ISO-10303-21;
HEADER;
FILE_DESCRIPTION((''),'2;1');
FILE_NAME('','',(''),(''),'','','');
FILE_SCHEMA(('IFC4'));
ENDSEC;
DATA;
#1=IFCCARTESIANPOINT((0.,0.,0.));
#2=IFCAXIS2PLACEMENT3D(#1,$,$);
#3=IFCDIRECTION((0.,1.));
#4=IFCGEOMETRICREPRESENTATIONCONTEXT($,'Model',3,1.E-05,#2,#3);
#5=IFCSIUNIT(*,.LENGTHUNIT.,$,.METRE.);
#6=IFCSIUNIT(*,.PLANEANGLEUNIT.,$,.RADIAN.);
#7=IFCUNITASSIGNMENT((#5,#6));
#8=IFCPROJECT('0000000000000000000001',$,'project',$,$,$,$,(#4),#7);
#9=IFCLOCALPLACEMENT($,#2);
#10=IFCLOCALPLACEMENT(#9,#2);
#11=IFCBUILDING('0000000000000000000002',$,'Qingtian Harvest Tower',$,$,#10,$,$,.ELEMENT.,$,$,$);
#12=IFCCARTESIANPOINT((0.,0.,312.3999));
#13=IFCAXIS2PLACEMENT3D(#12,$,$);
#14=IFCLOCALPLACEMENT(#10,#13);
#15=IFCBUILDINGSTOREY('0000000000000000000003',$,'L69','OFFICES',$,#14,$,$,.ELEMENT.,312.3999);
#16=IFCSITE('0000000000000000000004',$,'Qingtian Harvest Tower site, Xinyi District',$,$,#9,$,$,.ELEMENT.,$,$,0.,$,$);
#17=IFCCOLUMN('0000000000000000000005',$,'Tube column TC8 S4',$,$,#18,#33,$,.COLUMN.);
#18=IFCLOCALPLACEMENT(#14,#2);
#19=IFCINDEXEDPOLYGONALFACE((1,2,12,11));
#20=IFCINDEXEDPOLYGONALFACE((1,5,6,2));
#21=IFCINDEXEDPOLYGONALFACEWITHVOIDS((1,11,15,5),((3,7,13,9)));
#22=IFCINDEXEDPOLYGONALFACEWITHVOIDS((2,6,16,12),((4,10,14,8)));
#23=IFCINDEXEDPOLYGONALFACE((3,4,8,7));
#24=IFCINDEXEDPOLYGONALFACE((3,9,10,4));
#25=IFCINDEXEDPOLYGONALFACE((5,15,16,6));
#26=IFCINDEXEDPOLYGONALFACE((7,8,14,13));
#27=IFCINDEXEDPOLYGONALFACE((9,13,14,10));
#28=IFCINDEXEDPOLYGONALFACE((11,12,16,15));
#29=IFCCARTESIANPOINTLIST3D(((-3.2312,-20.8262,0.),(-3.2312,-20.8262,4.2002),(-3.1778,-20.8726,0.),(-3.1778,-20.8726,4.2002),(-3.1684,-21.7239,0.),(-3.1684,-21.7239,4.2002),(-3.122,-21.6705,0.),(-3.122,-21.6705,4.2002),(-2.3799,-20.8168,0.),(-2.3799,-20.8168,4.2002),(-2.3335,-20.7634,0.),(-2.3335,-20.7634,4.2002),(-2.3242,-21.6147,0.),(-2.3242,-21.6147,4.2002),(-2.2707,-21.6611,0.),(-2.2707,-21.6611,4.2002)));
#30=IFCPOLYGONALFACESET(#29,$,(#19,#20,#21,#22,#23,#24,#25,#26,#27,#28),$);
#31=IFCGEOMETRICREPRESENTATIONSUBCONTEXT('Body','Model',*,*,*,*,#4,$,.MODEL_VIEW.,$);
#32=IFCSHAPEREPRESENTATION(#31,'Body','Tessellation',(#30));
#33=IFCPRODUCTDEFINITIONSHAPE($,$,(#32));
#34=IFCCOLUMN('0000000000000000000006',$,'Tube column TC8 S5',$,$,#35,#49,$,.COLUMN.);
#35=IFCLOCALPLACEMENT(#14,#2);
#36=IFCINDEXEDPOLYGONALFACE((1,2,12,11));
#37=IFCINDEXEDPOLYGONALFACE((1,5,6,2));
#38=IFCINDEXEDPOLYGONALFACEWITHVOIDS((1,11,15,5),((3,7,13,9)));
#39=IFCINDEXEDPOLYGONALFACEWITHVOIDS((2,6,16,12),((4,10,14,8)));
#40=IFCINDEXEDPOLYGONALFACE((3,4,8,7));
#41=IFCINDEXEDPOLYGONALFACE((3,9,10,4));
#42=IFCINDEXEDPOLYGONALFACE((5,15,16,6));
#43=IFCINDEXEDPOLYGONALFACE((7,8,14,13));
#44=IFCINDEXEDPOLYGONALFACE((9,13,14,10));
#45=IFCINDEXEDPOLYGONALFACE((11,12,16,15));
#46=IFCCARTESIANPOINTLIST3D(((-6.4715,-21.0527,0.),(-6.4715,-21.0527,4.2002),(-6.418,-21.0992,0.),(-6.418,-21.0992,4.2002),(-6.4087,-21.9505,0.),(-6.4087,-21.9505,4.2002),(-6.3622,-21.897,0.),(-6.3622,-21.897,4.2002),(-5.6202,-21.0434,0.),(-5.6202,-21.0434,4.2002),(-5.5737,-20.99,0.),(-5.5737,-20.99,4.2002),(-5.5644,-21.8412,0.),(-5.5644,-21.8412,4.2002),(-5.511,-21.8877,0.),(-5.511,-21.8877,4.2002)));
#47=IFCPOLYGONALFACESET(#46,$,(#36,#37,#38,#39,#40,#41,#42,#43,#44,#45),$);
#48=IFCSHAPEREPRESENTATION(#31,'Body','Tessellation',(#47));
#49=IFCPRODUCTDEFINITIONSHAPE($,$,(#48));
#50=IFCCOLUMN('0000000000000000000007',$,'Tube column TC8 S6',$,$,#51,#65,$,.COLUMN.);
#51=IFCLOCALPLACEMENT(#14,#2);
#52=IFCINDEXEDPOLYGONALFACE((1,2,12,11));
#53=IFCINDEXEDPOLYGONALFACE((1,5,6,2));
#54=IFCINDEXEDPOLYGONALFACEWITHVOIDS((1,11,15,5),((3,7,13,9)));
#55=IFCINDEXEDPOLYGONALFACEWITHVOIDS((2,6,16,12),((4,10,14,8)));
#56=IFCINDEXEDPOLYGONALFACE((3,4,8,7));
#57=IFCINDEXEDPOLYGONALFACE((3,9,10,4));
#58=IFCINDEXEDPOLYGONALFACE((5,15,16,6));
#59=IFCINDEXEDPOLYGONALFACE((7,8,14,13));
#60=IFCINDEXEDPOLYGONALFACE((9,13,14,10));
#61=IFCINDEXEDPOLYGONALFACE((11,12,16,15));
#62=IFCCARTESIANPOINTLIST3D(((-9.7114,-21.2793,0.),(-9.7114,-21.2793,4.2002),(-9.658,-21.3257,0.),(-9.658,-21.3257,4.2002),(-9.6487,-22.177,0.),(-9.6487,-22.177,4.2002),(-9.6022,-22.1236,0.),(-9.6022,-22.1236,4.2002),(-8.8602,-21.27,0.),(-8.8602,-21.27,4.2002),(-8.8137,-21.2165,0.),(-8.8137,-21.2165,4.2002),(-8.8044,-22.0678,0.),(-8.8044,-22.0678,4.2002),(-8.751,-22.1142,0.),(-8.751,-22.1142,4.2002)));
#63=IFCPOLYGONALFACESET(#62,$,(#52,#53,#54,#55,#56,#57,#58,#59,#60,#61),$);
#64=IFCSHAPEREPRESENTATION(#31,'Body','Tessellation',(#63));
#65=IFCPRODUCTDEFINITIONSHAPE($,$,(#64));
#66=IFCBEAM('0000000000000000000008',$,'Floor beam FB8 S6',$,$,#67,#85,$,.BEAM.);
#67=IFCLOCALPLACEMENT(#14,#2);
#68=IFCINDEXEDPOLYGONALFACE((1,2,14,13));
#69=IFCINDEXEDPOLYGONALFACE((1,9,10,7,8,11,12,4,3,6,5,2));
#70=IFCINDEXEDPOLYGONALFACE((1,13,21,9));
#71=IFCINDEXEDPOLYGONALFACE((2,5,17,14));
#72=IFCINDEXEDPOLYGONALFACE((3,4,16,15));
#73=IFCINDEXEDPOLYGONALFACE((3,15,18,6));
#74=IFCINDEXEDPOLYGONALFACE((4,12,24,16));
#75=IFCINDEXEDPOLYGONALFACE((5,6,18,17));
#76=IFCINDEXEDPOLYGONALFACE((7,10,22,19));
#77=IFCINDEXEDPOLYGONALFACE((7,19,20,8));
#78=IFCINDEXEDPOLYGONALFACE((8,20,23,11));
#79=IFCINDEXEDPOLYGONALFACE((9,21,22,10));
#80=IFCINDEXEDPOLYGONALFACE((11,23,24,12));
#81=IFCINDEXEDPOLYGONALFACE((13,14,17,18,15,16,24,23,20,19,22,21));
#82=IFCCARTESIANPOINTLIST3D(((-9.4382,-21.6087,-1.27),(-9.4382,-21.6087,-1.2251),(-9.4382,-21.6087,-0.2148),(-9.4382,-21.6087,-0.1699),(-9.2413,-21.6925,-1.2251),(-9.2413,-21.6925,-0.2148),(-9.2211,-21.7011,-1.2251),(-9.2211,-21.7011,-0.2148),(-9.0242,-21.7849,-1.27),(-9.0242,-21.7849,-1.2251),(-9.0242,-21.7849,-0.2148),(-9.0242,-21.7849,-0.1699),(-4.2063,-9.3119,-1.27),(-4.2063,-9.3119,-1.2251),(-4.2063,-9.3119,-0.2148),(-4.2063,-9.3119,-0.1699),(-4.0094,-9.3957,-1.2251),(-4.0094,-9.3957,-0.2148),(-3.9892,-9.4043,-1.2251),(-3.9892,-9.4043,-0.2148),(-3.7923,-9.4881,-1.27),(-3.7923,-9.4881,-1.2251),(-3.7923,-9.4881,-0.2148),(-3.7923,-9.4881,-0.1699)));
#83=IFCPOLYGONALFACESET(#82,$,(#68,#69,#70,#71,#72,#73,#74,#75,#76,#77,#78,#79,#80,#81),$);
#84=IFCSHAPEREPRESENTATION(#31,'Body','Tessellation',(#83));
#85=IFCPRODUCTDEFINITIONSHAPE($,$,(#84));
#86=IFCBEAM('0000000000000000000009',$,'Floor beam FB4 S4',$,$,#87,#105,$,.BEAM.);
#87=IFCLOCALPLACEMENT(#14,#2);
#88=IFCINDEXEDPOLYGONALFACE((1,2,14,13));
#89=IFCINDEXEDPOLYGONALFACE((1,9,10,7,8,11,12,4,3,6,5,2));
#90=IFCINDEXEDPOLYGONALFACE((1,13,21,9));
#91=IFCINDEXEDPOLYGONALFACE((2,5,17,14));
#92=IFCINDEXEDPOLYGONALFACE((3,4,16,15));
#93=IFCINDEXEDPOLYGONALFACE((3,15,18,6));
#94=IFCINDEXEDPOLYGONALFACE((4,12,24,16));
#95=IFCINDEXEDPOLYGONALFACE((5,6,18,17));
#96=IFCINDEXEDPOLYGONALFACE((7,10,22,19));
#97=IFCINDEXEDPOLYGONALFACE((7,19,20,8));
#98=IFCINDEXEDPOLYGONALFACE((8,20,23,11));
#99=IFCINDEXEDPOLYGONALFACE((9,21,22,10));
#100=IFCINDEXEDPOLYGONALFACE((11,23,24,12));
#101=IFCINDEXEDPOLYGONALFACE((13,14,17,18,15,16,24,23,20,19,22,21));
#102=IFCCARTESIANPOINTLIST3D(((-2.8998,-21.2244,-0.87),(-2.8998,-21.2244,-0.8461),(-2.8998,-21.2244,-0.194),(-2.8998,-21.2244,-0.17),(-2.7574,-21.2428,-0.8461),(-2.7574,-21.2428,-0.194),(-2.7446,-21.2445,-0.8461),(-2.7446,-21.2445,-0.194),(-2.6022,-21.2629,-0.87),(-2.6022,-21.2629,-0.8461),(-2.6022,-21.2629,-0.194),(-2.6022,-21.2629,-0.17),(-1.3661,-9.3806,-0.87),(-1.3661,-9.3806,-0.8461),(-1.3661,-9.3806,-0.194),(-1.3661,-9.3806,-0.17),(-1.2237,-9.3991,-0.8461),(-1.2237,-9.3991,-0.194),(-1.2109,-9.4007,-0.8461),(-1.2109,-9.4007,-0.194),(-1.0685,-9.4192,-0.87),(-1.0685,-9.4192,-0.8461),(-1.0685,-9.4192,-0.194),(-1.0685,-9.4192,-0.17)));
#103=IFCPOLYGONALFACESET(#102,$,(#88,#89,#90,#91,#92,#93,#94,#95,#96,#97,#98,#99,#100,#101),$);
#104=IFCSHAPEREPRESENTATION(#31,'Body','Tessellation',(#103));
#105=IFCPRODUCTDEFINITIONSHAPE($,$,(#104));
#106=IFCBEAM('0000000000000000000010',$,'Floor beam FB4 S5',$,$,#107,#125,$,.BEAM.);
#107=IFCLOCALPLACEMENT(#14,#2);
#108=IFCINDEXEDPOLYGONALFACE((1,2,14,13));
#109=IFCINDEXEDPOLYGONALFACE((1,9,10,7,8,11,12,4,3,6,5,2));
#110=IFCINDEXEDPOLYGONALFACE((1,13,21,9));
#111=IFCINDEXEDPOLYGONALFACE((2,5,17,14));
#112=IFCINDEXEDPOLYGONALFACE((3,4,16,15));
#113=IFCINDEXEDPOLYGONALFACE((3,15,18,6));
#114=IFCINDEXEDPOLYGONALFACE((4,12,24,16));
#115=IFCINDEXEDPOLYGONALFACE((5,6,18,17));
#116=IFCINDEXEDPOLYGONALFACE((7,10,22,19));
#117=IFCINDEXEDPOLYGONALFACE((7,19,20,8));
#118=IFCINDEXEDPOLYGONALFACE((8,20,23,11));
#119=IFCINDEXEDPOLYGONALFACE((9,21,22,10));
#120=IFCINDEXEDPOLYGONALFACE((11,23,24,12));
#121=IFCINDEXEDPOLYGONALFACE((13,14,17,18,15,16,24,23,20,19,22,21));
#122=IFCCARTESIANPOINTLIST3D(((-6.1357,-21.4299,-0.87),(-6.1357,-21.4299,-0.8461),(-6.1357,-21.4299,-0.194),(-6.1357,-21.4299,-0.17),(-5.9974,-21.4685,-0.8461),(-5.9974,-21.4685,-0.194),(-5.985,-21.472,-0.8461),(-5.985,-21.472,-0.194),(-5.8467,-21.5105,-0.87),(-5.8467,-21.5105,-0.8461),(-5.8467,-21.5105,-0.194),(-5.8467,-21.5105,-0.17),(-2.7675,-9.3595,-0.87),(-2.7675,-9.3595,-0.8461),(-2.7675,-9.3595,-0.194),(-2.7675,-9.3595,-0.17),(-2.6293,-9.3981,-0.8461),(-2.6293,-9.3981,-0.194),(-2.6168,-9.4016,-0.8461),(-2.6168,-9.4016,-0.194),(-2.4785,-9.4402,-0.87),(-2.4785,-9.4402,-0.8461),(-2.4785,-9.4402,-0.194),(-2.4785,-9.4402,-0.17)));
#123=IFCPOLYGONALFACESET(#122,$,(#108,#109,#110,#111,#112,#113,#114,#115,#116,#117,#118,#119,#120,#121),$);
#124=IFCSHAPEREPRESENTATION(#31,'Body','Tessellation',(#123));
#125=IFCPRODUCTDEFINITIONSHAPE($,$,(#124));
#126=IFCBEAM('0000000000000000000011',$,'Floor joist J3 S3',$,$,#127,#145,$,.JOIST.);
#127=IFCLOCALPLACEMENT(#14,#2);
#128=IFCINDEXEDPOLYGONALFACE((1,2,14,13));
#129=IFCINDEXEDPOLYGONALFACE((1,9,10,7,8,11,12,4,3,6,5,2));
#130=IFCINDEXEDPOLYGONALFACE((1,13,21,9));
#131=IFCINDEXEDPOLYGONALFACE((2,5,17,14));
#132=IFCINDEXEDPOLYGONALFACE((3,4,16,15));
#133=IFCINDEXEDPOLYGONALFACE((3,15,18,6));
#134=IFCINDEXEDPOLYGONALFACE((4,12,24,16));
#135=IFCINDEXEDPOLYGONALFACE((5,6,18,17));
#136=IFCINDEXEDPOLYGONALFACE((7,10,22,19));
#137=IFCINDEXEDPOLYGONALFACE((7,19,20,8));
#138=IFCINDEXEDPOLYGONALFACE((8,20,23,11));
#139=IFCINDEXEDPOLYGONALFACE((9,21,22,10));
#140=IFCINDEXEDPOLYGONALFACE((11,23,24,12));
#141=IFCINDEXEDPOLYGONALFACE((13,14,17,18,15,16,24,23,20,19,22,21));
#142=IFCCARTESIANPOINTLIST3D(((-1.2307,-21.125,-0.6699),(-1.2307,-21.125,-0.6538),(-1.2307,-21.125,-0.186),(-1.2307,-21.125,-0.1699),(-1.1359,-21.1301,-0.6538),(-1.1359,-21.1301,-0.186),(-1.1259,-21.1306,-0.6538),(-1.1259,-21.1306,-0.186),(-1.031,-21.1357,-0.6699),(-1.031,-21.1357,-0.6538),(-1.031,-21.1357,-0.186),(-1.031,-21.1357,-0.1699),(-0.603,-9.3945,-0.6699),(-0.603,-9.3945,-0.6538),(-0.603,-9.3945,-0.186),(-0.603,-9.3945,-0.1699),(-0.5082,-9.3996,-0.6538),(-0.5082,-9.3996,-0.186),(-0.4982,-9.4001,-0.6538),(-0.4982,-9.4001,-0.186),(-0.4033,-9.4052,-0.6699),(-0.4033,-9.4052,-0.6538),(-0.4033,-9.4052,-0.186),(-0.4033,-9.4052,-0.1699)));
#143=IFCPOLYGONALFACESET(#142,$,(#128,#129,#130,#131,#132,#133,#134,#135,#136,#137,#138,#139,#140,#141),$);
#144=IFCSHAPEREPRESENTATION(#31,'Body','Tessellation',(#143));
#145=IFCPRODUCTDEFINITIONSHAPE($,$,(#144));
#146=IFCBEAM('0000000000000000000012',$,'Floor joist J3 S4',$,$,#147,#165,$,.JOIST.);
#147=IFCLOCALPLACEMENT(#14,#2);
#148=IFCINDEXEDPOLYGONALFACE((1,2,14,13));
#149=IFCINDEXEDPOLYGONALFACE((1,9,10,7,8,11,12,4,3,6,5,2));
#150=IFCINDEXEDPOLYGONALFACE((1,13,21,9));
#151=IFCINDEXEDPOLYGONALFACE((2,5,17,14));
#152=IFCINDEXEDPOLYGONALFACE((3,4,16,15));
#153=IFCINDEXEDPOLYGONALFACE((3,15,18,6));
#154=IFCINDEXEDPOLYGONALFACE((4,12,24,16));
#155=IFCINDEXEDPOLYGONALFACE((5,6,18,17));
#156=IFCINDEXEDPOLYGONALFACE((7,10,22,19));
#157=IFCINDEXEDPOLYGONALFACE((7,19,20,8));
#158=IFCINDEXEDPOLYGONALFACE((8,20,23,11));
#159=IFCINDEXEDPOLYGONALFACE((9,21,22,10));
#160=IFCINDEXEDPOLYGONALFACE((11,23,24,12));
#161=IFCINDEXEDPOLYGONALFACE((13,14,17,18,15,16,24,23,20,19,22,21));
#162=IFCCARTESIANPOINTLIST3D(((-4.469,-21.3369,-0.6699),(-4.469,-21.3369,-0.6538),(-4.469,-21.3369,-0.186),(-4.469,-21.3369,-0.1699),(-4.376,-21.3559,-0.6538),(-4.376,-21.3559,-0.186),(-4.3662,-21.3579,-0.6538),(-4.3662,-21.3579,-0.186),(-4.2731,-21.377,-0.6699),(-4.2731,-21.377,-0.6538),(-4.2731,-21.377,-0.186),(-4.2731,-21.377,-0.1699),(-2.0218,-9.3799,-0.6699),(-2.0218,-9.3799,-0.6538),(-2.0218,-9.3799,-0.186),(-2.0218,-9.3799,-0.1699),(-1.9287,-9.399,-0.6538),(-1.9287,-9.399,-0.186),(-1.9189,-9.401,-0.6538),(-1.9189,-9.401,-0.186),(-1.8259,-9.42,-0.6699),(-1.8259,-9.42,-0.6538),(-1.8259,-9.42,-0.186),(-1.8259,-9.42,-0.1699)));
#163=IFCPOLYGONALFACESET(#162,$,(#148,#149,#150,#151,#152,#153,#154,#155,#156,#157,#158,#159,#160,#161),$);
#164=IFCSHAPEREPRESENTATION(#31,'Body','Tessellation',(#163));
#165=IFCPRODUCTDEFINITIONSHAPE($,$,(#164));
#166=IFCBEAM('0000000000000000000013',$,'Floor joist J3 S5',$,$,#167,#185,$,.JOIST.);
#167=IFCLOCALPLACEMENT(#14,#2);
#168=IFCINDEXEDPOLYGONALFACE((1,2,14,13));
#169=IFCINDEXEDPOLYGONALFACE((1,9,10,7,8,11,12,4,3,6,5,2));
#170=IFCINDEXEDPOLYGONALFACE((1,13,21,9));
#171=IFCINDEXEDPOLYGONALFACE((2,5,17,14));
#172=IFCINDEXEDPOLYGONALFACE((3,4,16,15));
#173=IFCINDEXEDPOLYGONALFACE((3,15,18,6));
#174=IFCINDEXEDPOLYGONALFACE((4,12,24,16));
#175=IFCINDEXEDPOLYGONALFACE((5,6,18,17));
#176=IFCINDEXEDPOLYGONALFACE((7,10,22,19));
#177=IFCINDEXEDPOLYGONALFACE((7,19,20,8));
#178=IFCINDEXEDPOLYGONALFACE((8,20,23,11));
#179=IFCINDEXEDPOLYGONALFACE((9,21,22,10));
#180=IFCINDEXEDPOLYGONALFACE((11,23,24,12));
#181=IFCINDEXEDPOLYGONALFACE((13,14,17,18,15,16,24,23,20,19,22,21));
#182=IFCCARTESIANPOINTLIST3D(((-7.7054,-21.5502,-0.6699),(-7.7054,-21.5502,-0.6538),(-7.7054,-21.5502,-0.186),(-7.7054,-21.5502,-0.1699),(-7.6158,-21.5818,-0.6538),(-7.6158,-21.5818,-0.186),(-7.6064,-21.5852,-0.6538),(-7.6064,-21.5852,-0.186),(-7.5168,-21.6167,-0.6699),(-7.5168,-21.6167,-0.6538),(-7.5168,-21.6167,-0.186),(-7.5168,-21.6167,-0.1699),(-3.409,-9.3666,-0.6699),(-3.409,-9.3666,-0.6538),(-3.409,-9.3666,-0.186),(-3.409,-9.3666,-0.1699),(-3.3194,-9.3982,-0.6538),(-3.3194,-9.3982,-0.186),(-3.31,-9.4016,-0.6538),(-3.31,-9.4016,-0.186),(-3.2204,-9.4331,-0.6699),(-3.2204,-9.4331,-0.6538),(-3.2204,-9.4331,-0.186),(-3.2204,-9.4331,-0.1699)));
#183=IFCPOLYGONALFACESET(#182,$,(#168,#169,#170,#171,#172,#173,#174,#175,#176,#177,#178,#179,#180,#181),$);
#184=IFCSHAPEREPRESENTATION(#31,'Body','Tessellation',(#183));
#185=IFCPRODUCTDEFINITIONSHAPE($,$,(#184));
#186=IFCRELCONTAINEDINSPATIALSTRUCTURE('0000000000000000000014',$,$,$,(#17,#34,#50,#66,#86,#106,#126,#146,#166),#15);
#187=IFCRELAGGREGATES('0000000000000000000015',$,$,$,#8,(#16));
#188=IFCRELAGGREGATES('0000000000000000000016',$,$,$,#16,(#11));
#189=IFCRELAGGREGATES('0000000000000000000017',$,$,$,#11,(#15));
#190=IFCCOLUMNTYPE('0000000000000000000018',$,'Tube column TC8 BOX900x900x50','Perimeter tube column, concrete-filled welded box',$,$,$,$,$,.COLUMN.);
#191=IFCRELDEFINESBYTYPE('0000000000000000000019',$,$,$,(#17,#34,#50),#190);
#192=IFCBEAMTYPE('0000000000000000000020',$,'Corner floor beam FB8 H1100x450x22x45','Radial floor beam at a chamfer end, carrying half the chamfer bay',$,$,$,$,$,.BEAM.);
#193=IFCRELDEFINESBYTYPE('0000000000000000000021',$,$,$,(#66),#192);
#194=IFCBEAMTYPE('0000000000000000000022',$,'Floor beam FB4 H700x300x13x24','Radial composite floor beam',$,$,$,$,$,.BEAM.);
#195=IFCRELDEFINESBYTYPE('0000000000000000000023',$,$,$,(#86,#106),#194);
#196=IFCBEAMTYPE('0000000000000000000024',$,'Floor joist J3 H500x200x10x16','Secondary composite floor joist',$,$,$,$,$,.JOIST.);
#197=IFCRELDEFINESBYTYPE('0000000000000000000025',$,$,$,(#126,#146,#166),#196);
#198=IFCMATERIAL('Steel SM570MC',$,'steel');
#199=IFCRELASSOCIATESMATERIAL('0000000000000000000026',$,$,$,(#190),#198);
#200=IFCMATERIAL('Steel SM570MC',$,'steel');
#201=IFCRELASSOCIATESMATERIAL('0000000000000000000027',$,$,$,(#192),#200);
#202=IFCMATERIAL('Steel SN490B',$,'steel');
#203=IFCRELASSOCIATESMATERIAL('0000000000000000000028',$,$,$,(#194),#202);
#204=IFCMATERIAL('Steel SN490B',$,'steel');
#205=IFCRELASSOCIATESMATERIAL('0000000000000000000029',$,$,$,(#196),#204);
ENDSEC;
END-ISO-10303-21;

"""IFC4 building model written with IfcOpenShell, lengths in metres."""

from ifc_helpers import new_model, si_unit, direction, frame, origin, origin_2d, place, context, subcontext, project, spatial, hollow_rectangle, i_section, extrude, material, material_profile, profile_set, type_object, element, save


model = new_model("IFC4")

# Units and contexts
model_context = context("Model", 3, precision=1e-05, world=origin(), true_north=direction((0.0, 1.0)))
body_context = subcontext(model_context, "Body", "Model", "MODEL_VIEW")
ifc_project = project(units=[si_unit("LENGTHUNIT", "METRE"), si_unit("PLANEANGLEUNIT", "RADIAN")], contexts=[model_context])

# Site, building, storey
site_placement = place(None, origin())
site = spatial("IfcSite", under=ifc_project, at=site_placement, Name="Qingtian Harvest Tower site, Xinyi District", CompositionType="ELEMENT", RefElevation=0.0)
building_placement = place(site_placement, origin())
building = spatial("IfcBuilding", under=site, at=building_placement, Name="Qingtian Harvest Tower", CompositionType="ELEMENT")
storey_placement = place(building_placement, frame((0.0, 0.0, 312.3999)))
storey = spatial("IfcBuildingStorey", under=building, at=storey_placement, Name="L69", Description="OFFICES", CompositionType="ELEMENT", Elevation=312.3999)

# Columns
ifc_material_1 = material(Name="Steel SM570MC", Category="steel")
ifc_material_profile_1 = material_profile(ifc_material_1, hollow_rectangle(XDim=0.8999, YDim=0.8999, WallThickness=0.05, at=origin_2d()), Name="BOX900x900x50")
ifc_profile_set_1 = profile_set([ifc_material_profile_1], Name="Steel SM570MC")
column_type = type_object("IfcColumnType", Name="Tube column TC8 BOX900x900x50", Description="Perimeter tube column, concrete-filled welded box", PredefinedType="COLUMN", material=ifc_profile_set_1)
for number, where, z_axis, x_axis, name in (
    (1, (-2.751, -21.2437, 0.0), (0.0, 0.0, 1.0), (0.997564, 0.069756, 0.0), "Tube column TC8 S4"),
    (2, (-5.9912, -21.4702, 0.0), (0.0, 0.0, 1.0), (0.997564, 0.069756, 0.0), "Tube column TC8 S5"),
    (3, (-9.2312, -21.6968, 0.0), (0.0, 0.0, 1.0), (0.997564, 0.069756, 0.0), "Tube column TC8 S6"),
):
    element("IfcColumn", number, at=place(storey_placement, frame(where, z_axis=z_axis, x_axis=x_axis)), inside=storey, type_object=column_type, Name=name, PredefinedType="COLUMN", context=body_context, shape_type="SweptSolid", body=[
        extrude(hollow_rectangle(XDim=0.8999, YDim=0.8999, WallThickness=0.05, at=origin_2d()), origin(), (0.0, 0.0, 1.0), 4.2002),
    ])

# Beams
ifc_material_2 = material(Name="Steel SM570MC", Category="steel")
ifc_material_profile_2 = material_profile(ifc_material_2, i_section(OverallWidth=0.45, OverallDepth=1.1001, WebThickness=0.022, FlangeThickness=0.0449, at=origin_2d()), Name="H1100x450x22x45")
ifc_profile_set_2 = profile_set([ifc_material_profile_2], Name="Steel SM570MC")
beam_type_1 = type_object("IfcBeamType", Name="Corner floor beam FB8 H1100x450x22x45", Description="Radial floor beam at a chamfer end, carrying half the chamfer bay", PredefinedType="BEAM", material=ifc_profile_set_2)
beam_1_placement = place(storey_placement, frame((-9.2312, -21.6968, -0.72), z_axis=(0.391506, 0.920176, 0.0), x_axis=(-0.920176, 0.391506, 0.0)))
element("IfcBeam", 4, at=beam_1_placement, inside=storey, type_object=beam_type_1, Name="Floor beam FB8 S6", PredefinedType="BEAM", context=body_context, shape_type="SweptSolid", body=[
    extrude(i_section(OverallWidth=0.45, OverallDepth=1.1001, WebThickness=0.022, FlangeThickness=0.0449, at=origin_2d()), origin(), (0.0, 0.0, 1.0), 13.3635),
])
ifc_material_3 = material(Name="Steel SN490B", Category="steel")
ifc_material_profile_3 = material_profile(ifc_material_3, i_section(OverallWidth=0.3, OverallDepth=0.7, WebThickness=0.0129, FlangeThickness=0.0239, at=origin_2d()), Name="H700x300x13x24")
ifc_profile_set_3 = profile_set([ifc_material_profile_3], Name="Steel SN490B")
beam_type_2 = type_object("IfcBeamType", Name="Floor beam FB4 H700x300x13x24", Description="Radial composite floor beam", PredefinedType="BEAM", material=ifc_profile_set_3)
beam_2_placement = place(storey_placement, frame((-2.751, -21.2437, -0.52), z_axis=(0.128421, 0.99172, 0.0), x_axis=(-0.99172, 0.128421, 0.0)))
element("IfcBeam", 5, at=beam_2_placement, inside=storey, type_object=beam_type_2, Name="Floor beam FB4 S4", PredefinedType="BEAM", context=body_context, shape_type="SweptSolid", body=[
    extrude(i_section(OverallWidth=0.3, OverallDepth=0.7, WebThickness=0.0129, FlangeThickness=0.0239, at=origin_2d()), origin(), (0.0, 0.0, 1.0), 11.9426),
])
beam_3_placement = place(storey_placement, frame((-5.9912, -21.4702, -0.52), z_axis=(0.268777, 0.963202, 0.0), x_axis=(-0.963202, 0.268777, 0.0)))
element("IfcBeam", 6, at=beam_3_placement, inside=storey, type_object=beam_type_2, Name="Floor beam FB4 S5", PredefinedType="BEAM", context=body_context, shape_type="SweptSolid", body=[
    extrude(i_section(OverallWidth=0.3, OverallDepth=0.7, WebThickness=0.0129, FlangeThickness=0.0239, at=origin_2d()), origin(), (0.0, 0.0, 1.0), 12.5315),
])
ifc_material_4 = material(Name="Steel SN490B", Category="steel")
ifc_material_profile_4 = material_profile(ifc_material_4, i_section(OverallWidth=0.2, OverallDepth=0.5, WebThickness=0.01, FlangeThickness=0.0161, at=origin_2d()), Name="H500x200x10x16")
ifc_profile_set_4 = profile_set([ifc_material_profile_4], Name="Steel SN490B")
beam_type_3 = type_object("IfcBeamType", Name="Floor joist J3 H500x200x10x16", Description="Secondary composite floor joist", PredefinedType="JOIST", material=ifc_profile_set_4)
beam_4_placement = place(storey_placement, frame((-1.1309, -21.1304, -0.4199), z_axis=(0.053433, 0.998571, 0.0), x_axis=(-0.998571, 0.053433, 0.0)))
element("IfcBeam", 7, at=beam_4_placement, inside=storey, type_object=beam_type_3, Name="Floor joist J3 S3", PredefinedType="JOIST", context=body_context, shape_type="SweptSolid", body=[
    extrude(i_section(OverallWidth=0.2, OverallDepth=0.5, WebThickness=0.01, FlangeThickness=0.0161, at=origin_2d()), origin(), (0.0, 0.0, 1.0), 11.7473),
])
beam_5_placement = place(storey_placement, frame((-4.3711, -21.3569, -0.4199), z_axis=(0.200515, 0.979691, 0.0), x_axis=(-0.979691, 0.200515, 0.0)))
element("IfcBeam", 8, at=beam_5_placement, inside=storey, type_object=beam_type_3, Name="Floor joist J3 S4", PredefinedType="JOIST", context=body_context, shape_type="SweptSolid", body=[
    extrude(i_section(OverallWidth=0.2, OverallDepth=0.5, WebThickness=0.01, FlangeThickness=0.0161, at=origin_2d()), origin(), (0.0, 0.0, 1.0), 12.2048),
])
beam_6_placement = place(storey_placement, frame((-7.6111, -21.5835, -0.4199), z_axis=(0.332565, 0.94308, 0.0), x_axis=(-0.94308, 0.332565, 0.0)))
element("IfcBeam", 9, at=beam_6_placement, inside=storey, type_object=beam_type_3, Name="Floor joist J3 S5", PredefinedType="JOIST", context=body_context, shape_type="SweptSolid", body=[
    extrude(i_section(OverallWidth=0.2, OverallDepth=0.5, WebThickness=0.01, FlangeThickness=0.0161, at=origin_2d()), origin(), (0.0, 0.0, 1.0), 12.9189),
])

save(model, "model.ifc")
